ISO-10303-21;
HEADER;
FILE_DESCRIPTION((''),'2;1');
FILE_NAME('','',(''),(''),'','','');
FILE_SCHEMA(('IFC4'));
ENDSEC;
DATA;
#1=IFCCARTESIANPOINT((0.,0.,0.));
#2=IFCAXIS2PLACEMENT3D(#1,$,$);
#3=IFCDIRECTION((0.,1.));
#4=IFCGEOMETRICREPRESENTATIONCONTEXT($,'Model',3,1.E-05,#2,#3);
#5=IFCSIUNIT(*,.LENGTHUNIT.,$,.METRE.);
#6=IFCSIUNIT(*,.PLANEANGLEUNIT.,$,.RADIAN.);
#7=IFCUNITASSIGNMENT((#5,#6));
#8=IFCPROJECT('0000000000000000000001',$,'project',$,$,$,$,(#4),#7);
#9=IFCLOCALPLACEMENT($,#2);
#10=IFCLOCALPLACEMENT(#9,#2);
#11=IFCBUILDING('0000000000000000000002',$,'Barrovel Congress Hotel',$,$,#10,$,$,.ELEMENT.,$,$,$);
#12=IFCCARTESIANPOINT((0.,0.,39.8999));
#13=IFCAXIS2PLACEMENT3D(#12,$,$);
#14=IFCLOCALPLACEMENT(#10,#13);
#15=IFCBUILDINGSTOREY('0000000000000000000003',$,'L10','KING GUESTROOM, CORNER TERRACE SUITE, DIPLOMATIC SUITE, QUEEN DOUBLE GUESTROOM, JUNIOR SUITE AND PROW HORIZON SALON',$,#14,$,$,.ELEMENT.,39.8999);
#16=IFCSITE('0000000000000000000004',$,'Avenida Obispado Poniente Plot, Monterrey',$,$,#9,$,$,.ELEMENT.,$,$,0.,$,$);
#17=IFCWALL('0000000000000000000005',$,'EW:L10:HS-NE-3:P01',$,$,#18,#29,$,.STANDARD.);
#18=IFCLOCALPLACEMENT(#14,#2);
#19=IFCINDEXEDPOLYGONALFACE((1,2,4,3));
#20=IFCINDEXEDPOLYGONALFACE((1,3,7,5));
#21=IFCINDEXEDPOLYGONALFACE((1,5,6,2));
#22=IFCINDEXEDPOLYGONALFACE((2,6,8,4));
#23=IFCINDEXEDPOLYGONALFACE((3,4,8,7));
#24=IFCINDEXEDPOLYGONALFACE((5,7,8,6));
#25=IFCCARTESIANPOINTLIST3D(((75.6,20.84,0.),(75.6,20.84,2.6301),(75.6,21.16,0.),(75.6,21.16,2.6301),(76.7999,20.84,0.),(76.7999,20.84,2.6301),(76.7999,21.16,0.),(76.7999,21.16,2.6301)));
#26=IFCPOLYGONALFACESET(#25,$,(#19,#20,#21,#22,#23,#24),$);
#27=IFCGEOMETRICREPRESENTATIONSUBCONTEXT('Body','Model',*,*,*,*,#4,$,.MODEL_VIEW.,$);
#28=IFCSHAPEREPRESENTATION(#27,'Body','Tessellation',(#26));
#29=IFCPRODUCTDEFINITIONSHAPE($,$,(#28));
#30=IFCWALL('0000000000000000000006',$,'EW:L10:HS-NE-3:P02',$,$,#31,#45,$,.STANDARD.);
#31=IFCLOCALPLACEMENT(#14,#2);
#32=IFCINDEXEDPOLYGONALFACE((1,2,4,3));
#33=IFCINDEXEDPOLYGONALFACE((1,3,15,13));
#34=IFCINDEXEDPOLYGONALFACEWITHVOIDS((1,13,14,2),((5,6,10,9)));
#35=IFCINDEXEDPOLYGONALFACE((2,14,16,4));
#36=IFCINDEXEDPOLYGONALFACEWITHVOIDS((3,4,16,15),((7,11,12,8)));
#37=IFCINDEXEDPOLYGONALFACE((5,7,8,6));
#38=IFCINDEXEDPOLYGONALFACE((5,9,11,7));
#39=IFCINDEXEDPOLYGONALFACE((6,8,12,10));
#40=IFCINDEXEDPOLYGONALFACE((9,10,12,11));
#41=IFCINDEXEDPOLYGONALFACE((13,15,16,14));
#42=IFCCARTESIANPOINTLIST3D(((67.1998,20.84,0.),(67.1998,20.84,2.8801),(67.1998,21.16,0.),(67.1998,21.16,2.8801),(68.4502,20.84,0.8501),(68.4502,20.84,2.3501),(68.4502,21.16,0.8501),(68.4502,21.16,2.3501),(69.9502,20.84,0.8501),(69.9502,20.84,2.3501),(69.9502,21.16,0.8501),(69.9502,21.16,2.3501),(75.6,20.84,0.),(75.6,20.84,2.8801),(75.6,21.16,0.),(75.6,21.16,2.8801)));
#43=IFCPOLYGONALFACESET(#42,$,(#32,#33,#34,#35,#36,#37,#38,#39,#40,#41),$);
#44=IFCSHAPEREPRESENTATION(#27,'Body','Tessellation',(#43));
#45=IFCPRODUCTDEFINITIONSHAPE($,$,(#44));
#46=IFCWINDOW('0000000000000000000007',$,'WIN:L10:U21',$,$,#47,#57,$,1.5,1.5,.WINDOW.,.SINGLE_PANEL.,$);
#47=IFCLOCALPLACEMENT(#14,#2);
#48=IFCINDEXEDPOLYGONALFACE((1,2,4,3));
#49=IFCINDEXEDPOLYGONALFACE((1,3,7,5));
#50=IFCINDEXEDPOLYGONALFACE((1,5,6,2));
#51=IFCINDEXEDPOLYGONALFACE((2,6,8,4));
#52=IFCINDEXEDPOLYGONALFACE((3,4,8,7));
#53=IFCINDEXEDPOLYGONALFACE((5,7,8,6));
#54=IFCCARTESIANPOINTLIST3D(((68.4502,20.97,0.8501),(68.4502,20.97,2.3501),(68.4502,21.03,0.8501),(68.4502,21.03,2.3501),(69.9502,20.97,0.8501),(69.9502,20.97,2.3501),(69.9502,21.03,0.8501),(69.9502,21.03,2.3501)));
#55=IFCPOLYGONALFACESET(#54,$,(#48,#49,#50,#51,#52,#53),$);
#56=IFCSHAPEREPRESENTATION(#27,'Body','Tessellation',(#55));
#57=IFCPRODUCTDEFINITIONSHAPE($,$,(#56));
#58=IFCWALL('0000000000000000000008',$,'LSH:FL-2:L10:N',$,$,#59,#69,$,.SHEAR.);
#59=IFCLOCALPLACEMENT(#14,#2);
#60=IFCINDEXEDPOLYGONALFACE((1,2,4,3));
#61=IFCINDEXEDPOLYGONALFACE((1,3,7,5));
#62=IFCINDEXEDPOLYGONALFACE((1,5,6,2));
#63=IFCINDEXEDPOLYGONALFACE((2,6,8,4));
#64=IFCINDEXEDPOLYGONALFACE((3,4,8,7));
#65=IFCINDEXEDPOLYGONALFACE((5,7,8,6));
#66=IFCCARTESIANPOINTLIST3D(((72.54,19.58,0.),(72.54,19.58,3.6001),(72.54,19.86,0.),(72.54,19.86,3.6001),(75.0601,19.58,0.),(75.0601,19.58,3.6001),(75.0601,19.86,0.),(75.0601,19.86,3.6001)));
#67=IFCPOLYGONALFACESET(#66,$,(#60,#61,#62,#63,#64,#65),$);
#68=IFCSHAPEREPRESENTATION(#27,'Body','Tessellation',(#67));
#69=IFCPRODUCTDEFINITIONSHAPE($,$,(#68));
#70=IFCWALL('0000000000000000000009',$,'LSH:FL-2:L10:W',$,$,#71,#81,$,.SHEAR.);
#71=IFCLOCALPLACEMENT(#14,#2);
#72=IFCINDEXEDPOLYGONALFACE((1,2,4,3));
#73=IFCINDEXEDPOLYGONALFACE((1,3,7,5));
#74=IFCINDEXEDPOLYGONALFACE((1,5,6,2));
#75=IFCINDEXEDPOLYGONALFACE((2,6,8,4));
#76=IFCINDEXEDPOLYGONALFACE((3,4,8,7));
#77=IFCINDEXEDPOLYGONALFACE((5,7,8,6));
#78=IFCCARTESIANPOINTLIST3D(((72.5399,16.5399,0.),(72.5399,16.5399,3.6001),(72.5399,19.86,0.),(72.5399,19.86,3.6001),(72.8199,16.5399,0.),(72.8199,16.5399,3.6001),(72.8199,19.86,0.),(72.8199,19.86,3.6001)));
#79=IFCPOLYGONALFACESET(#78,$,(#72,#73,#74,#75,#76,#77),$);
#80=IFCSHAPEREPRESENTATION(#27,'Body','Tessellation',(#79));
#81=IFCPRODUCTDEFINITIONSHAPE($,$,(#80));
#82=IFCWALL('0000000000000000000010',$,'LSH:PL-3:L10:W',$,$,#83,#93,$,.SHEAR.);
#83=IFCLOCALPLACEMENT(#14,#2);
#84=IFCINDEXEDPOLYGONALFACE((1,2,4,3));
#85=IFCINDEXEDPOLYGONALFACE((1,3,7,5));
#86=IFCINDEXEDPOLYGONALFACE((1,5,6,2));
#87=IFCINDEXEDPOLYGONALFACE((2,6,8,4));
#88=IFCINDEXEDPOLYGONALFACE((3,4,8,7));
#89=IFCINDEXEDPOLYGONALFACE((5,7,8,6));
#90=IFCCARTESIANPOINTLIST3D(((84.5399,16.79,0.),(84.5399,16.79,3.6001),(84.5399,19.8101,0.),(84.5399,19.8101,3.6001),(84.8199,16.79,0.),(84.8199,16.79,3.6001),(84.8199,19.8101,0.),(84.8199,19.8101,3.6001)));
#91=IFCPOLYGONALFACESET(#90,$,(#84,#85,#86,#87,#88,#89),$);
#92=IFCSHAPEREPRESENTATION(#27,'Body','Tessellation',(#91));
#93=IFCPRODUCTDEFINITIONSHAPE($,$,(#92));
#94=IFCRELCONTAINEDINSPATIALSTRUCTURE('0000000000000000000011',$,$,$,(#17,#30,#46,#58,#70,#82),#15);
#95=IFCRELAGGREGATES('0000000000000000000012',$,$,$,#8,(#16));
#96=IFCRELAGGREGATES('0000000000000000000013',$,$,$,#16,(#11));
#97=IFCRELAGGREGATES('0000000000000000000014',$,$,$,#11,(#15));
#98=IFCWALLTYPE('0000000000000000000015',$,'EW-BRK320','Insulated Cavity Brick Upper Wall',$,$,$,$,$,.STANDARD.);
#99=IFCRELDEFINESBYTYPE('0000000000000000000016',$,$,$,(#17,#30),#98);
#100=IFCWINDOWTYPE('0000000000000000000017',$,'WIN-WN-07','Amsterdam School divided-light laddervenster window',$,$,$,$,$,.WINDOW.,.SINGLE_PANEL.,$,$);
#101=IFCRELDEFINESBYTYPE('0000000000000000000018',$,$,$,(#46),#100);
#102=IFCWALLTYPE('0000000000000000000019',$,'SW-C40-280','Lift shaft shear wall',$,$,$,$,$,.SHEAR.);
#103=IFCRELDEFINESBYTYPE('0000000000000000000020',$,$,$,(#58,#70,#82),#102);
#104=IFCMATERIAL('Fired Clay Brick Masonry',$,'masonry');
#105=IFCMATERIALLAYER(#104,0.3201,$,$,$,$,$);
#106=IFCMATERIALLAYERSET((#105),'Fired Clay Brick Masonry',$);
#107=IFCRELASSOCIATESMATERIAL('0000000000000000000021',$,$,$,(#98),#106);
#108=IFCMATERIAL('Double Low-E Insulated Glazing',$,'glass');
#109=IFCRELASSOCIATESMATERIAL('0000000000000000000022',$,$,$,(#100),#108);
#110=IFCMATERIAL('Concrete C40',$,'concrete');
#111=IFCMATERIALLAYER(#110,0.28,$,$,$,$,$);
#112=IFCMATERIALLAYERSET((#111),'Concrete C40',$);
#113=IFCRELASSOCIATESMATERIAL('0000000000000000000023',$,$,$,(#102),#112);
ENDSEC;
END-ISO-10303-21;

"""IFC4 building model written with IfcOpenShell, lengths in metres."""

from ifc_helpers import new_model, si_unit, direction, frame, frame_2d, origin, place, context, subcontext, project, spatial, rectangle, extrude, material, layer, layer_set, type_object, element, fill, save


model = new_model("IFC4")

# Units and contexts
model_context = context("Model", 3, precision=1e-05, world=origin(), true_north=direction((0.0, 1.0)))
body_context = subcontext(model_context, "Body", "Model", "MODEL_VIEW")
ifc_project = project(units=[si_unit("LENGTHUNIT", "METRE"), si_unit("PLANEANGLEUNIT", "RADIAN")], contexts=[model_context])

# Site, building, storey
site_placement = place(None, origin())
site = spatial("IfcSite", under=ifc_project, at=site_placement, Name="Avenida Obispado Poniente Plot, Monterrey", CompositionType="ELEMENT", RefElevation=0.0)
building_placement = place(site_placement, origin())
building = spatial("IfcBuilding", under=site, at=building_placement, Name="Barrovel Congress Hotel", CompositionType="ELEMENT")
storey_placement = place(building_placement, frame((0.0, 0.0, 39.8999)))
storey = spatial("IfcBuildingStorey", under=building, at=storey_placement, Name="L10", Description="KING GUESTROOM, CORNER TERRACE SUITE, DIPLOMATIC SUITE, QUEEN DOUBLE GUESTROOM, JUNIOR SUITE AND PROW HORIZON SALON", CompositionType="ELEMENT", Elevation=39.8999)

# Shared definitions
ifc_material_1 = material(Name="Concrete C40", Category="concrete")

# Shared definitions
ifc_material_2 = material(Name="Fired Clay Brick Masonry", Category="masonry")
ifc_layer_1 = layer(ifc_material_2, 0.3201)
ifc_layer_set_1 = layer_set([ifc_layer_1], Name="Fired Clay Brick Masonry")
wall_type_1 = type_object("IfcWallType", Name="EW-BRK320", Description="Insulated Cavity Brick Upper Wall", PredefinedType="STANDARD", material=ifc_layer_set_1)
ifc_material_3 = material(Name="Double Low-E Insulated Glazing", Category="glass")
window_type = type_object("IfcWindowType", Name="WIN-WN-07", Description="Amsterdam School divided-light laddervenster window", PartitioningType="SINGLE_PANEL", PredefinedType="WINDOW", material=ifc_material_3)

# Wall
wall_1_placement = place(storey_placement, frame((76.8, 21.0, 0.0), z_axis=(0.0, 0.0, 1.0), x_axis=(-1.0, 0.0, 0.0)))
element("IfcWall", 1, at=wall_1_placement, inside=storey, type_object=wall_type_1, Name="EW:L10:HS-NE-3:P01", PredefinedType="STANDARD", context=body_context, shape_type="SweptSolid", body=[
    extrude(rectangle(XDim=1.2, YDim=0.3201, at=frame_2d((0.6001, 0.0))), origin(), (0.0, 0.0, 1.0), 2.6301),
])

# Wall, opening, window
wall_2_placement = place(storey_placement, frame((75.6001, 21.0, 0.0), z_axis=(0.0, 0.0, 1.0), x_axis=(-1.0, 0.0, 0.0)))
wall_2 = element("IfcWall", 2, at=wall_2_placement, inside=storey, type_object=wall_type_1, Name="EW:L10:HS-NE-3:P02", PredefinedType="STANDARD", context=body_context, shape_type="SweptSolid", body=[
    extrude(rectangle(XDim=8.4001, YDim=0.3201, at=frame_2d((4.2002, 0.0))), origin(), (0.0, 0.0, 1.0), 2.8801),
])
opening_1_placement = place(wall_2_placement, frame((5.6499, 0.0, 0.8501)))
opening_1 = element("IfcOpeningElement", 3, at=opening_1_placement, cuts=wall_2, PredefinedType="OPENING", context=body_context, shape_type="SweptSolid", body=[
    extrude(rectangle(XDim=1.5, YDim=1.5, at=frame_2d((0.75, 0.75))), frame((0.0, 0.1699, 0.0), z_axis=(0.0, -1.0, 0.0), x_axis=(1.0, 0.0, 0.0)), (0.0, 0.0, 1.0), 0.3401),
])
window_1_placement = place(opening_1_placement, origin())
window_1 = element("IfcWindow", 4, at=window_1_placement, inside=storey, type_object=window_type, Name="WIN:L10:U21", OverallHeight=1.5, OverallWidth=1.5, PartitioningType="SINGLE_PANEL", PredefinedType="WINDOW", context=body_context, shape_type="SweptSolid", body=[
    extrude(rectangle(XDim=1.5, YDim=1.5, at=frame_2d((0.75, 0.75))), frame((0.0, 0.03, 0.0), z_axis=(0.0, -1.0, 0.0), x_axis=(1.0, 0.0, 0.0)), (0.0, 0.0, 1.0), 0.0601),
])
fill(opening_1, window_1)

# Walls
ifc_layer_2 = layer(ifc_material_1, 0.28)
ifc_layer_set_2 = layer_set([ifc_layer_2], Name="Concrete C40")
wall_type_2 = type_object("IfcWallType", Name="SW-C40-280", Description="Lift shaft shear wall", PredefinedType="SHEAR", material=ifc_layer_set_2)
wall_3_placement = place(storey_placement, frame((75.0601, 19.72, 0.0), z_axis=(0.0, 0.0, 1.0), x_axis=(-1.0, 0.0, 0.0)))
element("IfcWall", 5, at=wall_3_placement, inside=storey, type_object=wall_type_2, Name="LSH:FL-2:L10:N", PredefinedType="SHEAR", context=body_context, shape_type="SweptSolid", body=[
    extrude(rectangle(XDim=2.52, YDim=0.28, at=frame_2d((1.26, 0.0))), origin(), (0.0, 0.0, 1.0), 3.6001),
])
wall_4_placement = place(storey_placement, frame((72.6799, 19.8601, 0.0), z_axis=(0.0, 0.0, 1.0), x_axis=(0.0, -1.0, 0.0)))
element("IfcWall", 6, at=wall_4_placement, inside=storey, type_object=wall_type_2, Name="LSH:FL-2:L10:W", PredefinedType="SHEAR", context=body_context, shape_type="SweptSolid", body=[
    extrude(rectangle(XDim=3.3201, YDim=0.28, at=frame_2d((1.6602, 0.0))), origin(), (0.0, 0.0, 1.0), 3.6001),
])
wall_5_placement = place(storey_placement, frame((84.6799, 19.8101, 0.0), z_axis=(0.0, 0.0, 1.0), x_axis=(0.0, -1.0, 0.0)))
element("IfcWall", 7, at=wall_5_placement, inside=storey, type_object=wall_type_2, Name="LSH:PL-3:L10:W", PredefinedType="SHEAR", context=body_context, shape_type="SweptSolid", body=[
    extrude(rectangle(XDim=3.02, YDim=0.28, at=frame_2d((1.51, 0.0))), origin(), (0.0, 0.0, 1.0), 3.6001),
])

save(model, "model.ifc")
